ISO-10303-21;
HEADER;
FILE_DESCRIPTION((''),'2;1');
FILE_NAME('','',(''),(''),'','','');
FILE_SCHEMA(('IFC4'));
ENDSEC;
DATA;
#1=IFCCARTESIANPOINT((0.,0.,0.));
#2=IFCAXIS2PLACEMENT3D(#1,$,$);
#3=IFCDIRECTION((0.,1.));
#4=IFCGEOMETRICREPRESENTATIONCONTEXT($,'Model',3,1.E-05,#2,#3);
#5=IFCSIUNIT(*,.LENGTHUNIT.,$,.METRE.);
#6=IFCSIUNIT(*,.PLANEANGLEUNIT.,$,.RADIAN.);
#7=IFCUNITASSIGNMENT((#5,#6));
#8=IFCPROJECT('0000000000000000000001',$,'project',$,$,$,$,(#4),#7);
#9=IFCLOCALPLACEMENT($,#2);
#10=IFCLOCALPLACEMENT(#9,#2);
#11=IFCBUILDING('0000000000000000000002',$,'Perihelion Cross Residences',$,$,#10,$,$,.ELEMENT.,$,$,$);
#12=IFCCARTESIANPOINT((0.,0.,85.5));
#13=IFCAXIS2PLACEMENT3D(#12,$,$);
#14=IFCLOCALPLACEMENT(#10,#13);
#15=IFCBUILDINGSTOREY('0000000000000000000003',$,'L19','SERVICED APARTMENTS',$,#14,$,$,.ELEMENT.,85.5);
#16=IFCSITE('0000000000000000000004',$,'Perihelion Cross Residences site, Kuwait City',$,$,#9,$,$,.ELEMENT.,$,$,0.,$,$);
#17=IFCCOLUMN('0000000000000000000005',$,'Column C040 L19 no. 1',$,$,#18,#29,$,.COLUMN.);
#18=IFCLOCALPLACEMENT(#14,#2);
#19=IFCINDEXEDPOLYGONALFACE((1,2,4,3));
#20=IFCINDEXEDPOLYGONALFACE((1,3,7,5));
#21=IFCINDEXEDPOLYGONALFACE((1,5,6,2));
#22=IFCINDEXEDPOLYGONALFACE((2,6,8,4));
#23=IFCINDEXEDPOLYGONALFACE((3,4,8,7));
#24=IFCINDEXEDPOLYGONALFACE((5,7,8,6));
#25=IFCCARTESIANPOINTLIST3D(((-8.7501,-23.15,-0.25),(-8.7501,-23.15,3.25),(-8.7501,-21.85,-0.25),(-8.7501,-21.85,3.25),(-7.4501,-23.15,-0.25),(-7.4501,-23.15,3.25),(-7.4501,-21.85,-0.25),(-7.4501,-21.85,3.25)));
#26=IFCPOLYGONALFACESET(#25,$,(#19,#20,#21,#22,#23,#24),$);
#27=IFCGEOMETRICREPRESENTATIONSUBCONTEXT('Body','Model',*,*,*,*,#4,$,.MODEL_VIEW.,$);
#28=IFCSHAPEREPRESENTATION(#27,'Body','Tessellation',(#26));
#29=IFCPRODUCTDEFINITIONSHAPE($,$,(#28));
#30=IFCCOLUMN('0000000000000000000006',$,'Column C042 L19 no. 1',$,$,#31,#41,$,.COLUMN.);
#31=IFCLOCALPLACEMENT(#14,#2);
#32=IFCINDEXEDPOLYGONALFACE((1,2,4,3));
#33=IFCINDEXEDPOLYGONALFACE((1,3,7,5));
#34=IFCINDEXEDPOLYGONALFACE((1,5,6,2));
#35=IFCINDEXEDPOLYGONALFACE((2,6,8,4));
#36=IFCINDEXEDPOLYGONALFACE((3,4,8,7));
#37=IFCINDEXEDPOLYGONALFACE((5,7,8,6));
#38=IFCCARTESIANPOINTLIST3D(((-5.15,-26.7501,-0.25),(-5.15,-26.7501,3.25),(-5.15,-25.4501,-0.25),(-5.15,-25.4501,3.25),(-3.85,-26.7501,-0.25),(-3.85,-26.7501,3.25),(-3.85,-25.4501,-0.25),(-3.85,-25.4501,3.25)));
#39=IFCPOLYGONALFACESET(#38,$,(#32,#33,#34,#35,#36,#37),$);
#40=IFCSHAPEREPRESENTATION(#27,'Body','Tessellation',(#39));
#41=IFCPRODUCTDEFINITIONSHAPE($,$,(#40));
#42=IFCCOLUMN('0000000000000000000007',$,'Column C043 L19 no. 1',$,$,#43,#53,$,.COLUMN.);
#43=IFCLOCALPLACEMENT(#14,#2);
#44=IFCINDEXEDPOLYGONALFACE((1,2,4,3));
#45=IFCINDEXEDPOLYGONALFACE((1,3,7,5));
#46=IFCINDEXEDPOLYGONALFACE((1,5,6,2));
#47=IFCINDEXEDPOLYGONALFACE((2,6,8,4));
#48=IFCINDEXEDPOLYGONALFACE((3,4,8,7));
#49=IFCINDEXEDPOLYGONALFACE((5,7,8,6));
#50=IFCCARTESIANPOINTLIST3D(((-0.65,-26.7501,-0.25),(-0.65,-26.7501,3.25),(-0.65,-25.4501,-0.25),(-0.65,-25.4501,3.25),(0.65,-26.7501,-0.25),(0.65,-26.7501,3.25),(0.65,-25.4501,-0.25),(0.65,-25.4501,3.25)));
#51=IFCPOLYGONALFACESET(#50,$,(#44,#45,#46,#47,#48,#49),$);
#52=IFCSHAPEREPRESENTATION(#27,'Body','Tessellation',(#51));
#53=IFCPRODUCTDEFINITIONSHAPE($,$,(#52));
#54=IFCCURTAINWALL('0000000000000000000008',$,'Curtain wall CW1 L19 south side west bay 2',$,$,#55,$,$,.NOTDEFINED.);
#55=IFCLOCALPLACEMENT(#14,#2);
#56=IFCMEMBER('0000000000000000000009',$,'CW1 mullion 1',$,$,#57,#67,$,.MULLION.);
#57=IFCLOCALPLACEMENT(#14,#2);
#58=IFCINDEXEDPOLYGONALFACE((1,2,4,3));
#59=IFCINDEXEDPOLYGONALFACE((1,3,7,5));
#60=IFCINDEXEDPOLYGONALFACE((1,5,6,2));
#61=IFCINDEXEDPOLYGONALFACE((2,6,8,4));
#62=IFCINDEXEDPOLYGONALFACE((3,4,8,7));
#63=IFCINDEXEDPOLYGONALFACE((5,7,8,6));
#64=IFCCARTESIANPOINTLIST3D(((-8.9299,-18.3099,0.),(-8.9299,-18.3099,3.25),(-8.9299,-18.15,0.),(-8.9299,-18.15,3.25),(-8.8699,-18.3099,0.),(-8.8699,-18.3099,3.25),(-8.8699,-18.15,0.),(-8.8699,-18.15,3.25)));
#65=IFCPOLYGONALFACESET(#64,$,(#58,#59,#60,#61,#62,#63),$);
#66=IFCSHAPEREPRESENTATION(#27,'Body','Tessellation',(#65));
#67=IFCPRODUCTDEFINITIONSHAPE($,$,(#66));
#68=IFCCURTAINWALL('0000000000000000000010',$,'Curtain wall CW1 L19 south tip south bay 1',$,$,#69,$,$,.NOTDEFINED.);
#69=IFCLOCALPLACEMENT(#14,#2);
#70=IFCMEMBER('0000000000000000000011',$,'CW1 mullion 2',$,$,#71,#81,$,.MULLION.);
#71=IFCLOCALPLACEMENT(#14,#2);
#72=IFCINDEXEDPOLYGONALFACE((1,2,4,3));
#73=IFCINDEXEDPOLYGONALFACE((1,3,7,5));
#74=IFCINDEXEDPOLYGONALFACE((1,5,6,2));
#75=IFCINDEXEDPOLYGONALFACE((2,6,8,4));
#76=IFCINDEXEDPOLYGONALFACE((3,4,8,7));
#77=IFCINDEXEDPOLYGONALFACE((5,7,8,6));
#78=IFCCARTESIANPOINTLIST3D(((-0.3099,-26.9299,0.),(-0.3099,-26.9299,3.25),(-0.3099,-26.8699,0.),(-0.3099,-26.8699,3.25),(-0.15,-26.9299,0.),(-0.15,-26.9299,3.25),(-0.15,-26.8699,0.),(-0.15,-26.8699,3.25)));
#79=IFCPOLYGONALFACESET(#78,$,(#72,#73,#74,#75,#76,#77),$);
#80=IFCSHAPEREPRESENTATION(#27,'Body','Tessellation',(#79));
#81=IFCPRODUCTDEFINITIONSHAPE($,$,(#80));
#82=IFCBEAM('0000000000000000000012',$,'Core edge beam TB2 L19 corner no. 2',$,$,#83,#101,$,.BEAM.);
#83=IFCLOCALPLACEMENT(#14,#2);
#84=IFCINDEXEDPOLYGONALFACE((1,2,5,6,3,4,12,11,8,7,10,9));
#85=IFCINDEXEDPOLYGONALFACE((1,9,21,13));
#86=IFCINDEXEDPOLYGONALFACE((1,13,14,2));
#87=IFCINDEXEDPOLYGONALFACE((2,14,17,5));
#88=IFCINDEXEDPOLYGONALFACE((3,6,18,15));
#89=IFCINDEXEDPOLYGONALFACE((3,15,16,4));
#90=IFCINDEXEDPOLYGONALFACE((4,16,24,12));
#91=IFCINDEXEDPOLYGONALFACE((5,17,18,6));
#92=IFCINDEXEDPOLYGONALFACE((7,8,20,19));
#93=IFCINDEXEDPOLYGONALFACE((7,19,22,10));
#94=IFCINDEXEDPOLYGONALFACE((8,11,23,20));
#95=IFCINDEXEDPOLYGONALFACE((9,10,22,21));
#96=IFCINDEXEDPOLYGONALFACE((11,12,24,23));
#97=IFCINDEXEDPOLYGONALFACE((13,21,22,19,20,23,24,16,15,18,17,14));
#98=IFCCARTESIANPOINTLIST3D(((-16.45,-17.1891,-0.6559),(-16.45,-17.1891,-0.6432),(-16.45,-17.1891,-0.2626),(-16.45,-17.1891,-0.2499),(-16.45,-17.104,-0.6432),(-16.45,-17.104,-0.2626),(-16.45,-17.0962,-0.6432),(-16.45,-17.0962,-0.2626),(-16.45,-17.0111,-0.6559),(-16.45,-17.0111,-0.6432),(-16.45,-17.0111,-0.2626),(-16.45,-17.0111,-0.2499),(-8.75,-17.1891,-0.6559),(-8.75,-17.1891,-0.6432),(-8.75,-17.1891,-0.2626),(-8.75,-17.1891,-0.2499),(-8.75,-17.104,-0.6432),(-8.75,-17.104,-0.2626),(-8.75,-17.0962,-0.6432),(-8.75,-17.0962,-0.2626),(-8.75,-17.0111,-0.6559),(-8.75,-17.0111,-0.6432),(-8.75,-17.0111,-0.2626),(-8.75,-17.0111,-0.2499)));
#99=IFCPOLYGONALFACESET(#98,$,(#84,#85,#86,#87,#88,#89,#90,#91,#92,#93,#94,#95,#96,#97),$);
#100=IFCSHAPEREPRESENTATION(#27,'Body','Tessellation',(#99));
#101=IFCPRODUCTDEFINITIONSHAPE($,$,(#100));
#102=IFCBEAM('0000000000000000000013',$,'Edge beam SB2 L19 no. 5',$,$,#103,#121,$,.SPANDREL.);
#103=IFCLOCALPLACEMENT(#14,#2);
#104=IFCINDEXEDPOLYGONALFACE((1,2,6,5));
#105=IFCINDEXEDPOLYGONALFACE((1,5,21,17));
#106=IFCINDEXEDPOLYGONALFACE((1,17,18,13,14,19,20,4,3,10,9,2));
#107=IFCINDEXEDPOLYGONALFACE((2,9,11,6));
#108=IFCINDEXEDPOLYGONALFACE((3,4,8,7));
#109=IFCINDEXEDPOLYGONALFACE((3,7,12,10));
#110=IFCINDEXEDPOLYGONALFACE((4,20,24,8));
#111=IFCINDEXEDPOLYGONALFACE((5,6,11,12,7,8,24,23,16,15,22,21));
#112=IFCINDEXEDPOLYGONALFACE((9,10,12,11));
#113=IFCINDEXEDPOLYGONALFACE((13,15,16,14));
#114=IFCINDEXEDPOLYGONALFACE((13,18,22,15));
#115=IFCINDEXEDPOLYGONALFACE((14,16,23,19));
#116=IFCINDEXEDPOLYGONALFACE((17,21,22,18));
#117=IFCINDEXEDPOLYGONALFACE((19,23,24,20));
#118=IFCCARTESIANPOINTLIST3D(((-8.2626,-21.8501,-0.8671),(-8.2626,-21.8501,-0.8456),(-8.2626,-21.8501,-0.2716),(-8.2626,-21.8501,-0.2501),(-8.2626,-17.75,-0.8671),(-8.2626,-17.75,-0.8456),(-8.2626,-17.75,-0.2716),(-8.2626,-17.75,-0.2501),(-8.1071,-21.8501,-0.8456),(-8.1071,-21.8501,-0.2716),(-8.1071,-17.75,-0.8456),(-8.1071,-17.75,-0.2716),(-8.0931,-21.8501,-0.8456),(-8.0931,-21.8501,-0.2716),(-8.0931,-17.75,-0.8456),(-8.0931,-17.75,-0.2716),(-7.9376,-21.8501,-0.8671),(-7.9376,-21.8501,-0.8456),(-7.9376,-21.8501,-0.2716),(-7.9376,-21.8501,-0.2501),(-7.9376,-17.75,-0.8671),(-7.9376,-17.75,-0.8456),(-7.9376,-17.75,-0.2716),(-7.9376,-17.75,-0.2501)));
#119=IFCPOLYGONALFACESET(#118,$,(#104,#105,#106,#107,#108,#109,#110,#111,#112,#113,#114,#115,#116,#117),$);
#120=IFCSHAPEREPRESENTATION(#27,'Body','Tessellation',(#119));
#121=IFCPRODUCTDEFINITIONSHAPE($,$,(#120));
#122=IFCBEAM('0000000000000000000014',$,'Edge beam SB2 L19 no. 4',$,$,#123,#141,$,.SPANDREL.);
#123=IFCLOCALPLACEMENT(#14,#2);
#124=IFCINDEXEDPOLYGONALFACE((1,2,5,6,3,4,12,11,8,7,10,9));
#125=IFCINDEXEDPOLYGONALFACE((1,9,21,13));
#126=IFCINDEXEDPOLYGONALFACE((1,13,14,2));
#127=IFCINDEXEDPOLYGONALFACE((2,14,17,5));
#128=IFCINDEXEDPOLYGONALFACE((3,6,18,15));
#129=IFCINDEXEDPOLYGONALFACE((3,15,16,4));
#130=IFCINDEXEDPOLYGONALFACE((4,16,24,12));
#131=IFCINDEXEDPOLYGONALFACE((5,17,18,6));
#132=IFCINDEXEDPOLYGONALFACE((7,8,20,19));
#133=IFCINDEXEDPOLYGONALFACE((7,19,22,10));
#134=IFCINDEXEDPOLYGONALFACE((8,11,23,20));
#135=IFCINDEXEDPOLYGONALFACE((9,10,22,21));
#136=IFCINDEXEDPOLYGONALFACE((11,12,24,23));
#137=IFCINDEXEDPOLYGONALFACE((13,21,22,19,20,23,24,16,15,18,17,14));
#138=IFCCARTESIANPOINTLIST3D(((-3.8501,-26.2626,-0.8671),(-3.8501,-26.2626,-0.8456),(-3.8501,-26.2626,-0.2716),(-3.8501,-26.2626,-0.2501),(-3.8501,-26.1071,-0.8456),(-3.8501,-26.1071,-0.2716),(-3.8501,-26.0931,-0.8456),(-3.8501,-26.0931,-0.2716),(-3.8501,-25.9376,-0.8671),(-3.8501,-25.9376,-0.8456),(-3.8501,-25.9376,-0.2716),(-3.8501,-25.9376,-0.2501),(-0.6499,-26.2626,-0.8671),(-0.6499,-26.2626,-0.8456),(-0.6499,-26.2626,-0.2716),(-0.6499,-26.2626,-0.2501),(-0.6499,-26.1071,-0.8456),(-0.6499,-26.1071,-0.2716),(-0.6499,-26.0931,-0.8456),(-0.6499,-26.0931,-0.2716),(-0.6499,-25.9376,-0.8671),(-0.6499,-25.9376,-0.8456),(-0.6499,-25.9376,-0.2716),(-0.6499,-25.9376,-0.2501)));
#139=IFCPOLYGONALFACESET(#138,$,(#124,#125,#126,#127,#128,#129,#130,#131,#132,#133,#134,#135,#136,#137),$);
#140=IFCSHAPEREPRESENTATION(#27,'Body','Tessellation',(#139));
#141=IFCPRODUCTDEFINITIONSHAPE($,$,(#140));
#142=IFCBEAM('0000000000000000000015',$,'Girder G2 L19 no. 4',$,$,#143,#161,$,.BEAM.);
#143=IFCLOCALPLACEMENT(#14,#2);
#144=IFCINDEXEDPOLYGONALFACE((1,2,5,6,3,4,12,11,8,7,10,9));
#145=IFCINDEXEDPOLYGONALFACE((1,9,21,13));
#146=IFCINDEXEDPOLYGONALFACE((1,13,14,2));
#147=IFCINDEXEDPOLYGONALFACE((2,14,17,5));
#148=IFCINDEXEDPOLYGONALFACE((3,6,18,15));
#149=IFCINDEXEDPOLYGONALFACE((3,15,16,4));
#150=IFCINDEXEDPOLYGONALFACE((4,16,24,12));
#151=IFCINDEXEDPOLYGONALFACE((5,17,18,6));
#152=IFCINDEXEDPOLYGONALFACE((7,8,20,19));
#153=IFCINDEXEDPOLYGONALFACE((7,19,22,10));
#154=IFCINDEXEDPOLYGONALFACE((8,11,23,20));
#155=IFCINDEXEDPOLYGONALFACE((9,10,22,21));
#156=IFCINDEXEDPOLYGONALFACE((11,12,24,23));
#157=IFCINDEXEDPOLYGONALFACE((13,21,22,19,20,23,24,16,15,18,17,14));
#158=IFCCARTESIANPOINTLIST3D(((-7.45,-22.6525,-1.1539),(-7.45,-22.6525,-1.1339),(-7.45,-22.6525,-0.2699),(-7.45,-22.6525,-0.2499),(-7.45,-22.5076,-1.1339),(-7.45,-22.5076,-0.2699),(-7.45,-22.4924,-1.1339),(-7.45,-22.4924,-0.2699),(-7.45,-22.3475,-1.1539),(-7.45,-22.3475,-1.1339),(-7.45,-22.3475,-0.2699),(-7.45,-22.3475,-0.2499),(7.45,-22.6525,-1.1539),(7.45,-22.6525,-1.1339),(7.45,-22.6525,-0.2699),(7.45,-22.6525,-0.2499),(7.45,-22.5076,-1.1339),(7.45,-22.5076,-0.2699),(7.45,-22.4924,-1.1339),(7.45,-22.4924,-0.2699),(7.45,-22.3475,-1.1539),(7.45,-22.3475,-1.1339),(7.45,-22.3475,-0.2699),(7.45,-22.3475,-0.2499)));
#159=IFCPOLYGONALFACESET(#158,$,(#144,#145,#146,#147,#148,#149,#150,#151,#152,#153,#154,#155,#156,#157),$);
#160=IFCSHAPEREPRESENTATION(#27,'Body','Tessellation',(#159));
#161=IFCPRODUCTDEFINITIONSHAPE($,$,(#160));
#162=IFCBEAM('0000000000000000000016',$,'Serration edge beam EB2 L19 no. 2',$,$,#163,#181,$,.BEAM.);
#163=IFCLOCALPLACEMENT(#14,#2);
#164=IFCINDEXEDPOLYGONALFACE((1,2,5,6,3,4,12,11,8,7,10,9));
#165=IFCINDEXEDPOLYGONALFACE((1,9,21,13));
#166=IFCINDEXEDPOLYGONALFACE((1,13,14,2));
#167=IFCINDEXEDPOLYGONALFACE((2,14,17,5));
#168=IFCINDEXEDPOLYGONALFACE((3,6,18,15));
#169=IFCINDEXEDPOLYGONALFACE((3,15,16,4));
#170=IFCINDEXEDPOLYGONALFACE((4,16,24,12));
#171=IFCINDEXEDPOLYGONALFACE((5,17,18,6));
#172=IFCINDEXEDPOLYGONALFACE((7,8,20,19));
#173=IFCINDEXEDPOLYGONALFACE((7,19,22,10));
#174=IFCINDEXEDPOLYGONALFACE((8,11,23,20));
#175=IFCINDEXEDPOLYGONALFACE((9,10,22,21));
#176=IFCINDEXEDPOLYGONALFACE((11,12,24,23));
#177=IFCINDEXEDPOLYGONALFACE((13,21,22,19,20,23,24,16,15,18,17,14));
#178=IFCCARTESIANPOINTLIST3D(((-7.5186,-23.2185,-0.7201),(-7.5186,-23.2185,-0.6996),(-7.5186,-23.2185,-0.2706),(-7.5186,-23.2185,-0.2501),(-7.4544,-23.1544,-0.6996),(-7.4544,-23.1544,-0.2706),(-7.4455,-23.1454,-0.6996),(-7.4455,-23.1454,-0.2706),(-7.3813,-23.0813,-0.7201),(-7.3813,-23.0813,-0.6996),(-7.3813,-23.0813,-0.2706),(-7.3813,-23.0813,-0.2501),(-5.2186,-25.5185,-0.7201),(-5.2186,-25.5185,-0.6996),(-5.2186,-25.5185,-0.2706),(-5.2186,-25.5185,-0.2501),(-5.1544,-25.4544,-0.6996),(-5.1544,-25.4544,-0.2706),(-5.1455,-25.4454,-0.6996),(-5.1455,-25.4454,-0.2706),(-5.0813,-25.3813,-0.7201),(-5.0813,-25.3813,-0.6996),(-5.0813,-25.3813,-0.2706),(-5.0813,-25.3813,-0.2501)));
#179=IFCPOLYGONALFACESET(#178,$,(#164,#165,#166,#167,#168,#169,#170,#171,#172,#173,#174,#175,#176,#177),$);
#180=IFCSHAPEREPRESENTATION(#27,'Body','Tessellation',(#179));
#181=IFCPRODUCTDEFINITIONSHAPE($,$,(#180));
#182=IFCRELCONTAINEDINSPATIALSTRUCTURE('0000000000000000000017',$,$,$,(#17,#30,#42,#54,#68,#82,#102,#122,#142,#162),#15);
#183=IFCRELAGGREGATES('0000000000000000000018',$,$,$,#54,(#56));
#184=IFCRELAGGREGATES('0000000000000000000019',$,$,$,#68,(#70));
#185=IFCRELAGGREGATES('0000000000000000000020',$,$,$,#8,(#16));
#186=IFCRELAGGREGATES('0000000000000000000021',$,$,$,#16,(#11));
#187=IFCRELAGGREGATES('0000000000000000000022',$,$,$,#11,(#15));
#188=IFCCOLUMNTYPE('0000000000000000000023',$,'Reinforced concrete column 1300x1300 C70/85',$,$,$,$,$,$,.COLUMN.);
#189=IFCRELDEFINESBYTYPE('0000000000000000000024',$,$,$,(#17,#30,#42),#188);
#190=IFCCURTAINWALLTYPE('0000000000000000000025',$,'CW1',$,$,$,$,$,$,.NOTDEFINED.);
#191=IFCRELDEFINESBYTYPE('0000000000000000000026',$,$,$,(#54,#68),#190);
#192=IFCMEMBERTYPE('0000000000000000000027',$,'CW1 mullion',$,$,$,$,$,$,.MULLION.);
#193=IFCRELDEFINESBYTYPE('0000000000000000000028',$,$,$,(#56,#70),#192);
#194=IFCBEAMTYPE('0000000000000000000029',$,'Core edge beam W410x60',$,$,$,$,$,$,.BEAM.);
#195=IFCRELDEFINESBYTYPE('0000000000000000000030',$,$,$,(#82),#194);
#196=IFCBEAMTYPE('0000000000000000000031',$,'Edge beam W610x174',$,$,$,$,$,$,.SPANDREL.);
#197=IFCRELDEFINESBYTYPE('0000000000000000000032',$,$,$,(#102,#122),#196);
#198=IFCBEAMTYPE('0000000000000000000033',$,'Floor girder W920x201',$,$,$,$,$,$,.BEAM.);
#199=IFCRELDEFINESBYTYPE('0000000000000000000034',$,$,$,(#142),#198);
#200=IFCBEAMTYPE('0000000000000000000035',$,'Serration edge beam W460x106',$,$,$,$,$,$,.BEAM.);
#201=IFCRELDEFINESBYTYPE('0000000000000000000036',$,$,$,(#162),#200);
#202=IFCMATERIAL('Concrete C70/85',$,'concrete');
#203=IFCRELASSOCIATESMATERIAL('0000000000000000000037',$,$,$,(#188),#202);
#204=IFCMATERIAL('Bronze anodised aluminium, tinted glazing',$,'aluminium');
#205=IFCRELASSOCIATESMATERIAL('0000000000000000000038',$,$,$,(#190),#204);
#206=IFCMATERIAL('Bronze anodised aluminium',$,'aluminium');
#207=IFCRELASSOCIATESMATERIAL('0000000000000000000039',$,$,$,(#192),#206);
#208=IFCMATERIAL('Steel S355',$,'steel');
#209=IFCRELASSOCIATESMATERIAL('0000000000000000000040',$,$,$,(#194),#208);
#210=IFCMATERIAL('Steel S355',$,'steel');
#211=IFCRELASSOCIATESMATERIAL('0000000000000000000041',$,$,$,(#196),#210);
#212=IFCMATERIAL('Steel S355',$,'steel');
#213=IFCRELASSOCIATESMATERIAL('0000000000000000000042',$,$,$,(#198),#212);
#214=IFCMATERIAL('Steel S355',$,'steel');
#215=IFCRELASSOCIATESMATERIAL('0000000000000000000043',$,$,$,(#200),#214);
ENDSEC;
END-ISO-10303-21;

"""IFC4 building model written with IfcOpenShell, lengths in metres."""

from ifc_helpers import new_model, si_unit, direction, frame, origin, origin_2d, place, context, subcontext, project, spatial, rectangle, i_section, extrude, material, material_profile, profile_set, type_object, element, aggregate, save


model = new_model("IFC4")

# Units and contexts
model_context = context("Model", 3, precision=1e-05, world=origin(), true_north=direction((0.0, 1.0)))
body_context = subcontext(model_context, "Body", "Model", "MODEL_VIEW")
ifc_project = project(units=[si_unit("LENGTHUNIT", "METRE"), si_unit("PLANEANGLEUNIT", "RADIAN")], contexts=[model_context])

# Site, building, storey
site_placement = place(None, origin())
site = spatial("IfcSite", under=ifc_project, at=site_placement, Name="Perihelion Cross Residences site, Kuwait City", CompositionType="ELEMENT", RefElevation=0.0)
building_placement = place(site_placement, origin())
building = spatial("IfcBuilding", under=site, at=building_placement, Name="Perihelion Cross Residences", CompositionType="ELEMENT")
storey_placement = place(building_placement, frame((0.0, 0.0, 85.5)))
storey = spatial("IfcBuildingStorey", under=building, at=storey_placement, Name="L19", Description="SERVICED APARTMENTS", CompositionType="ELEMENT", Elevation=85.5)

# Columns
ifc_material_1 = material(Name="Concrete C70/85", Category="concrete")
ifc_material_profile_1 = material_profile(ifc_material_1, rectangle(XDim=1.3, YDim=1.3, at=origin_2d()), Name="RC 1300x1300")
ifc_profile_set_1 = profile_set([ifc_material_profile_1], Name="Concrete C70/85")
column_type = type_object("IfcColumnType", Name="Reinforced concrete column 1300x1300 C70/85", PredefinedType="COLUMN", material=ifc_profile_set_1)
for number, where, z_axis, x_axis, name in (
    (1, (-8.1001, -22.5, -0.25), (0.0, 0.0, 1.0), (1.0, 0.0, 0.0), "Column C040 L19 no. 1"),
    (2, (-4.5, -26.1001, -0.25), (0.0, 0.0, 1.0), (1.0, 0.0, 0.0), "Column C042 L19 no. 1"),
    (3, (0.0, -26.1001, -0.25), (0.0, 0.0, 1.0), (1.0, 0.0, 0.0), "Column C043 L19 no. 1"),
):
    element("IfcColumn", number, at=place(storey_placement, frame(where, z_axis=z_axis, x_axis=x_axis)), inside=storey, type_object=column_type, Name=name, PredefinedType="COLUMN", context=body_context, shape_type="SweptSolid", body=[
        extrude(rectangle(XDim=1.3, YDim=1.3, at=origin_2d()), origin(), (0.0, 0.0, 1.0), 3.5),
    ])

# Curtain walls, members
ifc_material_2 = material(Name="Bronze anodised aluminium, tinted glazing", Category="aluminium")
curtain_wall_type = type_object("IfcCurtainWallType", Name="CW1", PredefinedType="NOTDEFINED", material=ifc_material_2)
curtain_wall_1_placement = place(storey_placement, origin())
curtain_wall_1 = element("IfcCurtainWall", 4, at=curtain_wall_1_placement, inside=storey, type_object=curtain_wall_type, Name="Curtain wall CW1 L19 south side west bay 2", PredefinedType="NOTDEFINED")
ifc_material_3 = material(Name="Bronze anodised aluminium", Category="aluminium")
ifc_material_profile_2 = material_profile(ifc_material_3, rectangle(XDim=0.0601, YDim=0.1599, at=origin_2d()), Name="CW1 mullion")
ifc_profile_set_2 = profile_set([ifc_material_profile_2], Name="Bronze anodised aluminium")
member_type = type_object("IfcMemberType", Name="CW1 mullion", PredefinedType="MULLION", material=ifc_profile_set_2)
member_1_placement = place(storey_placement, frame((-8.8999, -18.23, 0.0), z_axis=(0.0, 0.0, 1.0), x_axis=(1.0, 0.0, 0.0)))
member_1 = element("IfcMember", 5, at=member_1_placement, type_object=member_type, Name="CW1 mullion 1", PredefinedType="MULLION", context=body_context, shape_type="SweptSolid", body=[
    extrude(rectangle(XDim=0.0601, YDim=0.1599, at=origin_2d()), origin(), (0.0, 0.0, 1.0), 3.25),
])
aggregate(curtain_wall_1, [member_1])
curtain_wall_2_placement = place(storey_placement, origin())
curtain_wall_2 = element("IfcCurtainWall", 6, at=curtain_wall_2_placement, inside=storey, type_object=curtain_wall_type, Name="Curtain wall CW1 L19 south tip south bay 1", PredefinedType="NOTDEFINED")
member_2_placement = place(storey_placement, frame((-0.23, -26.8999, 0.0), z_axis=(0.0, 0.0, 1.0), x_axis=(0.0, 1.0, 0.0)))
member_2 = element("IfcMember", 7, at=member_2_placement, type_object=member_type, Name="CW1 mullion 2", PredefinedType="MULLION", context=body_context, shape_type="SweptSolid", body=[
    extrude(rectangle(XDim=0.0601, YDim=0.1599, at=origin_2d()), origin(), (0.0, 0.0, 1.0), 3.25),
])

# Beams
ifc_material_4 = material(Name="Steel S355", Category="steel")
ifc_material_profile_3 = material_profile(ifc_material_4, i_section(OverallWidth=0.178, OverallDepth=0.406, WebThickness=0.0078, FlangeThickness=0.0127, at=origin_2d()), Name="W410x60")
ifc_profile_set_3 = profile_set([ifc_material_profile_3], Name="Steel S355")
beam_type_1 = type_object("IfcBeamType", Name="Core edge beam W410x60", PredefinedType="BEAM", material=ifc_profile_set_3)
beam_1_placement = place(storey_placement, frame((-8.75, -17.1001, -0.4529), z_axis=(-1.0, 0.0, 0.0), x_axis=(0.0, -1.0, 0.0)))
element("IfcBeam", 8, at=beam_1_placement, inside=storey, type_object=beam_type_1, Name="Core edge beam TB2 L19 corner no. 2", PredefinedType="BEAM", context=body_context, shape_type="SweptSolid", body=[
    extrude(i_section(OverallWidth=0.178, OverallDepth=0.406, WebThickness=0.0078, FlangeThickness=0.0127, at=origin_2d()), origin(), (0.0, 0.0, 1.0), 7.7),
])
ifc_material_5 = material(Name="Steel S355", Category="steel")
ifc_material_profile_4 = material_profile(ifc_material_5, i_section(OverallWidth=0.325, OverallDepth=0.6169, WebThickness=0.0139, FlangeThickness=0.0215, at=origin_2d()), Name="W610x174")
ifc_profile_set_4 = profile_set([ifc_material_profile_4], Name="Steel S355")
beam_type_2 = type_object("IfcBeamType", Name="Edge beam W610x174", PredefinedType="SPANDREL", material=ifc_profile_set_4)
beam_2_placement = place(storey_placement, frame((-8.1001, -17.75, -0.5586), z_axis=(0.0, -1.0, 0.0), x_axis=(1.0, 0.0, 0.0)))
element("IfcBeam", 9, at=beam_2_placement, inside=storey, type_object=beam_type_2, Name="Edge beam SB2 L19 no. 5", PredefinedType="SPANDREL", context=body_context, shape_type="SweptSolid", body=[
    extrude(i_section(OverallWidth=0.325, OverallDepth=0.6169, WebThickness=0.0139, FlangeThickness=0.0215, at=origin_2d()), origin(), (0.0, 0.0, 1.0), 4.1001),
])
beam_3_placement = place(storey_placement, frame((-3.8501, -26.1001, -0.5586), z_axis=(1.0, 0.0, 0.0), x_axis=(0.0, 1.0, 0.0)))
element("IfcBeam", 10, at=beam_3_placement, inside=storey, type_object=beam_type_2, Name="Edge beam SB2 L19 no. 4", PredefinedType="SPANDREL", context=body_context, shape_type="SweptSolid", body=[
    extrude(i_section(OverallWidth=0.325, OverallDepth=0.6169, WebThickness=0.0139, FlangeThickness=0.0215, at=origin_2d()), origin(), (0.0, 0.0, 1.0), 3.2002),
])
ifc_material_6 = material(Name="Steel S355", Category="steel")
ifc_material_profile_5 = material_profile(ifc_material_6, i_section(OverallWidth=0.3049, OverallDepth=0.9041, WebThickness=0.0151, FlangeThickness=0.02, at=origin_2d()), Name="W920x201")
ifc_profile_set_5 = profile_set([ifc_material_profile_5], Name="Steel S355")
beam_type_3 = type_object("IfcBeamType", Name="Floor girder W920x201", PredefinedType="BEAM", material=ifc_profile_set_5)
beam_4_placement = place(storey_placement, frame((-7.45, -22.5, -0.7019), z_axis=(1.0, 0.0, 0.0), x_axis=(0.0, 1.0, 0.0)))
element("IfcBeam", 11, at=beam_4_placement, inside=storey, type_object=beam_type_3, Name="Girder G2 L19 no. 4", PredefinedType="BEAM", context=body_context, shape_type="SweptSolid", body=[
    extrude(i_section(OverallWidth=0.3049, OverallDepth=0.9041, WebThickness=0.0151, FlangeThickness=0.02, at=origin_2d()), origin(), (0.0, 0.0, 1.0), 14.8999),
])
ifc_material_7 = material(Name="Steel S355", Category="steel")
ifc_material_profile_6 = material_profile(ifc_material_7, i_section(OverallWidth=0.1941, OverallDepth=0.47, WebThickness=0.0127, FlangeThickness=0.0205, at=origin_2d()), Name="W460x106")
ifc_profile_set_6 = profile_set([ifc_material_profile_6], Name="Steel S355")
beam_type_4 = type_object("IfcBeamType", Name="Serration edge beam W460x106", PredefinedType="BEAM", material=ifc_profile_set_6)
beam_5_placement = place(storey_placement, frame((-7.45, -23.1499, -0.4851), z_axis=(0.707107, -0.707107, 0.0), x_axis=(0.707107, 0.707107, 0.0)))
element("IfcBeam", 12, at=beam_5_placement, inside=storey, type_object=beam_type_4, Name="Serration edge beam EB2 L19 no. 2", PredefinedType="BEAM", context=body_context, shape_type="SweptSolid", body=[
    extrude(i_section(OverallWidth=0.1941, OverallDepth=0.47, WebThickness=0.0127, FlangeThickness=0.0205, at=origin_2d()), origin(), (0.0, 0.0, 1.0), 3.2527),
])

aggregate(curtain_wall_2, [member_2])

save(model, "model.ifc")
